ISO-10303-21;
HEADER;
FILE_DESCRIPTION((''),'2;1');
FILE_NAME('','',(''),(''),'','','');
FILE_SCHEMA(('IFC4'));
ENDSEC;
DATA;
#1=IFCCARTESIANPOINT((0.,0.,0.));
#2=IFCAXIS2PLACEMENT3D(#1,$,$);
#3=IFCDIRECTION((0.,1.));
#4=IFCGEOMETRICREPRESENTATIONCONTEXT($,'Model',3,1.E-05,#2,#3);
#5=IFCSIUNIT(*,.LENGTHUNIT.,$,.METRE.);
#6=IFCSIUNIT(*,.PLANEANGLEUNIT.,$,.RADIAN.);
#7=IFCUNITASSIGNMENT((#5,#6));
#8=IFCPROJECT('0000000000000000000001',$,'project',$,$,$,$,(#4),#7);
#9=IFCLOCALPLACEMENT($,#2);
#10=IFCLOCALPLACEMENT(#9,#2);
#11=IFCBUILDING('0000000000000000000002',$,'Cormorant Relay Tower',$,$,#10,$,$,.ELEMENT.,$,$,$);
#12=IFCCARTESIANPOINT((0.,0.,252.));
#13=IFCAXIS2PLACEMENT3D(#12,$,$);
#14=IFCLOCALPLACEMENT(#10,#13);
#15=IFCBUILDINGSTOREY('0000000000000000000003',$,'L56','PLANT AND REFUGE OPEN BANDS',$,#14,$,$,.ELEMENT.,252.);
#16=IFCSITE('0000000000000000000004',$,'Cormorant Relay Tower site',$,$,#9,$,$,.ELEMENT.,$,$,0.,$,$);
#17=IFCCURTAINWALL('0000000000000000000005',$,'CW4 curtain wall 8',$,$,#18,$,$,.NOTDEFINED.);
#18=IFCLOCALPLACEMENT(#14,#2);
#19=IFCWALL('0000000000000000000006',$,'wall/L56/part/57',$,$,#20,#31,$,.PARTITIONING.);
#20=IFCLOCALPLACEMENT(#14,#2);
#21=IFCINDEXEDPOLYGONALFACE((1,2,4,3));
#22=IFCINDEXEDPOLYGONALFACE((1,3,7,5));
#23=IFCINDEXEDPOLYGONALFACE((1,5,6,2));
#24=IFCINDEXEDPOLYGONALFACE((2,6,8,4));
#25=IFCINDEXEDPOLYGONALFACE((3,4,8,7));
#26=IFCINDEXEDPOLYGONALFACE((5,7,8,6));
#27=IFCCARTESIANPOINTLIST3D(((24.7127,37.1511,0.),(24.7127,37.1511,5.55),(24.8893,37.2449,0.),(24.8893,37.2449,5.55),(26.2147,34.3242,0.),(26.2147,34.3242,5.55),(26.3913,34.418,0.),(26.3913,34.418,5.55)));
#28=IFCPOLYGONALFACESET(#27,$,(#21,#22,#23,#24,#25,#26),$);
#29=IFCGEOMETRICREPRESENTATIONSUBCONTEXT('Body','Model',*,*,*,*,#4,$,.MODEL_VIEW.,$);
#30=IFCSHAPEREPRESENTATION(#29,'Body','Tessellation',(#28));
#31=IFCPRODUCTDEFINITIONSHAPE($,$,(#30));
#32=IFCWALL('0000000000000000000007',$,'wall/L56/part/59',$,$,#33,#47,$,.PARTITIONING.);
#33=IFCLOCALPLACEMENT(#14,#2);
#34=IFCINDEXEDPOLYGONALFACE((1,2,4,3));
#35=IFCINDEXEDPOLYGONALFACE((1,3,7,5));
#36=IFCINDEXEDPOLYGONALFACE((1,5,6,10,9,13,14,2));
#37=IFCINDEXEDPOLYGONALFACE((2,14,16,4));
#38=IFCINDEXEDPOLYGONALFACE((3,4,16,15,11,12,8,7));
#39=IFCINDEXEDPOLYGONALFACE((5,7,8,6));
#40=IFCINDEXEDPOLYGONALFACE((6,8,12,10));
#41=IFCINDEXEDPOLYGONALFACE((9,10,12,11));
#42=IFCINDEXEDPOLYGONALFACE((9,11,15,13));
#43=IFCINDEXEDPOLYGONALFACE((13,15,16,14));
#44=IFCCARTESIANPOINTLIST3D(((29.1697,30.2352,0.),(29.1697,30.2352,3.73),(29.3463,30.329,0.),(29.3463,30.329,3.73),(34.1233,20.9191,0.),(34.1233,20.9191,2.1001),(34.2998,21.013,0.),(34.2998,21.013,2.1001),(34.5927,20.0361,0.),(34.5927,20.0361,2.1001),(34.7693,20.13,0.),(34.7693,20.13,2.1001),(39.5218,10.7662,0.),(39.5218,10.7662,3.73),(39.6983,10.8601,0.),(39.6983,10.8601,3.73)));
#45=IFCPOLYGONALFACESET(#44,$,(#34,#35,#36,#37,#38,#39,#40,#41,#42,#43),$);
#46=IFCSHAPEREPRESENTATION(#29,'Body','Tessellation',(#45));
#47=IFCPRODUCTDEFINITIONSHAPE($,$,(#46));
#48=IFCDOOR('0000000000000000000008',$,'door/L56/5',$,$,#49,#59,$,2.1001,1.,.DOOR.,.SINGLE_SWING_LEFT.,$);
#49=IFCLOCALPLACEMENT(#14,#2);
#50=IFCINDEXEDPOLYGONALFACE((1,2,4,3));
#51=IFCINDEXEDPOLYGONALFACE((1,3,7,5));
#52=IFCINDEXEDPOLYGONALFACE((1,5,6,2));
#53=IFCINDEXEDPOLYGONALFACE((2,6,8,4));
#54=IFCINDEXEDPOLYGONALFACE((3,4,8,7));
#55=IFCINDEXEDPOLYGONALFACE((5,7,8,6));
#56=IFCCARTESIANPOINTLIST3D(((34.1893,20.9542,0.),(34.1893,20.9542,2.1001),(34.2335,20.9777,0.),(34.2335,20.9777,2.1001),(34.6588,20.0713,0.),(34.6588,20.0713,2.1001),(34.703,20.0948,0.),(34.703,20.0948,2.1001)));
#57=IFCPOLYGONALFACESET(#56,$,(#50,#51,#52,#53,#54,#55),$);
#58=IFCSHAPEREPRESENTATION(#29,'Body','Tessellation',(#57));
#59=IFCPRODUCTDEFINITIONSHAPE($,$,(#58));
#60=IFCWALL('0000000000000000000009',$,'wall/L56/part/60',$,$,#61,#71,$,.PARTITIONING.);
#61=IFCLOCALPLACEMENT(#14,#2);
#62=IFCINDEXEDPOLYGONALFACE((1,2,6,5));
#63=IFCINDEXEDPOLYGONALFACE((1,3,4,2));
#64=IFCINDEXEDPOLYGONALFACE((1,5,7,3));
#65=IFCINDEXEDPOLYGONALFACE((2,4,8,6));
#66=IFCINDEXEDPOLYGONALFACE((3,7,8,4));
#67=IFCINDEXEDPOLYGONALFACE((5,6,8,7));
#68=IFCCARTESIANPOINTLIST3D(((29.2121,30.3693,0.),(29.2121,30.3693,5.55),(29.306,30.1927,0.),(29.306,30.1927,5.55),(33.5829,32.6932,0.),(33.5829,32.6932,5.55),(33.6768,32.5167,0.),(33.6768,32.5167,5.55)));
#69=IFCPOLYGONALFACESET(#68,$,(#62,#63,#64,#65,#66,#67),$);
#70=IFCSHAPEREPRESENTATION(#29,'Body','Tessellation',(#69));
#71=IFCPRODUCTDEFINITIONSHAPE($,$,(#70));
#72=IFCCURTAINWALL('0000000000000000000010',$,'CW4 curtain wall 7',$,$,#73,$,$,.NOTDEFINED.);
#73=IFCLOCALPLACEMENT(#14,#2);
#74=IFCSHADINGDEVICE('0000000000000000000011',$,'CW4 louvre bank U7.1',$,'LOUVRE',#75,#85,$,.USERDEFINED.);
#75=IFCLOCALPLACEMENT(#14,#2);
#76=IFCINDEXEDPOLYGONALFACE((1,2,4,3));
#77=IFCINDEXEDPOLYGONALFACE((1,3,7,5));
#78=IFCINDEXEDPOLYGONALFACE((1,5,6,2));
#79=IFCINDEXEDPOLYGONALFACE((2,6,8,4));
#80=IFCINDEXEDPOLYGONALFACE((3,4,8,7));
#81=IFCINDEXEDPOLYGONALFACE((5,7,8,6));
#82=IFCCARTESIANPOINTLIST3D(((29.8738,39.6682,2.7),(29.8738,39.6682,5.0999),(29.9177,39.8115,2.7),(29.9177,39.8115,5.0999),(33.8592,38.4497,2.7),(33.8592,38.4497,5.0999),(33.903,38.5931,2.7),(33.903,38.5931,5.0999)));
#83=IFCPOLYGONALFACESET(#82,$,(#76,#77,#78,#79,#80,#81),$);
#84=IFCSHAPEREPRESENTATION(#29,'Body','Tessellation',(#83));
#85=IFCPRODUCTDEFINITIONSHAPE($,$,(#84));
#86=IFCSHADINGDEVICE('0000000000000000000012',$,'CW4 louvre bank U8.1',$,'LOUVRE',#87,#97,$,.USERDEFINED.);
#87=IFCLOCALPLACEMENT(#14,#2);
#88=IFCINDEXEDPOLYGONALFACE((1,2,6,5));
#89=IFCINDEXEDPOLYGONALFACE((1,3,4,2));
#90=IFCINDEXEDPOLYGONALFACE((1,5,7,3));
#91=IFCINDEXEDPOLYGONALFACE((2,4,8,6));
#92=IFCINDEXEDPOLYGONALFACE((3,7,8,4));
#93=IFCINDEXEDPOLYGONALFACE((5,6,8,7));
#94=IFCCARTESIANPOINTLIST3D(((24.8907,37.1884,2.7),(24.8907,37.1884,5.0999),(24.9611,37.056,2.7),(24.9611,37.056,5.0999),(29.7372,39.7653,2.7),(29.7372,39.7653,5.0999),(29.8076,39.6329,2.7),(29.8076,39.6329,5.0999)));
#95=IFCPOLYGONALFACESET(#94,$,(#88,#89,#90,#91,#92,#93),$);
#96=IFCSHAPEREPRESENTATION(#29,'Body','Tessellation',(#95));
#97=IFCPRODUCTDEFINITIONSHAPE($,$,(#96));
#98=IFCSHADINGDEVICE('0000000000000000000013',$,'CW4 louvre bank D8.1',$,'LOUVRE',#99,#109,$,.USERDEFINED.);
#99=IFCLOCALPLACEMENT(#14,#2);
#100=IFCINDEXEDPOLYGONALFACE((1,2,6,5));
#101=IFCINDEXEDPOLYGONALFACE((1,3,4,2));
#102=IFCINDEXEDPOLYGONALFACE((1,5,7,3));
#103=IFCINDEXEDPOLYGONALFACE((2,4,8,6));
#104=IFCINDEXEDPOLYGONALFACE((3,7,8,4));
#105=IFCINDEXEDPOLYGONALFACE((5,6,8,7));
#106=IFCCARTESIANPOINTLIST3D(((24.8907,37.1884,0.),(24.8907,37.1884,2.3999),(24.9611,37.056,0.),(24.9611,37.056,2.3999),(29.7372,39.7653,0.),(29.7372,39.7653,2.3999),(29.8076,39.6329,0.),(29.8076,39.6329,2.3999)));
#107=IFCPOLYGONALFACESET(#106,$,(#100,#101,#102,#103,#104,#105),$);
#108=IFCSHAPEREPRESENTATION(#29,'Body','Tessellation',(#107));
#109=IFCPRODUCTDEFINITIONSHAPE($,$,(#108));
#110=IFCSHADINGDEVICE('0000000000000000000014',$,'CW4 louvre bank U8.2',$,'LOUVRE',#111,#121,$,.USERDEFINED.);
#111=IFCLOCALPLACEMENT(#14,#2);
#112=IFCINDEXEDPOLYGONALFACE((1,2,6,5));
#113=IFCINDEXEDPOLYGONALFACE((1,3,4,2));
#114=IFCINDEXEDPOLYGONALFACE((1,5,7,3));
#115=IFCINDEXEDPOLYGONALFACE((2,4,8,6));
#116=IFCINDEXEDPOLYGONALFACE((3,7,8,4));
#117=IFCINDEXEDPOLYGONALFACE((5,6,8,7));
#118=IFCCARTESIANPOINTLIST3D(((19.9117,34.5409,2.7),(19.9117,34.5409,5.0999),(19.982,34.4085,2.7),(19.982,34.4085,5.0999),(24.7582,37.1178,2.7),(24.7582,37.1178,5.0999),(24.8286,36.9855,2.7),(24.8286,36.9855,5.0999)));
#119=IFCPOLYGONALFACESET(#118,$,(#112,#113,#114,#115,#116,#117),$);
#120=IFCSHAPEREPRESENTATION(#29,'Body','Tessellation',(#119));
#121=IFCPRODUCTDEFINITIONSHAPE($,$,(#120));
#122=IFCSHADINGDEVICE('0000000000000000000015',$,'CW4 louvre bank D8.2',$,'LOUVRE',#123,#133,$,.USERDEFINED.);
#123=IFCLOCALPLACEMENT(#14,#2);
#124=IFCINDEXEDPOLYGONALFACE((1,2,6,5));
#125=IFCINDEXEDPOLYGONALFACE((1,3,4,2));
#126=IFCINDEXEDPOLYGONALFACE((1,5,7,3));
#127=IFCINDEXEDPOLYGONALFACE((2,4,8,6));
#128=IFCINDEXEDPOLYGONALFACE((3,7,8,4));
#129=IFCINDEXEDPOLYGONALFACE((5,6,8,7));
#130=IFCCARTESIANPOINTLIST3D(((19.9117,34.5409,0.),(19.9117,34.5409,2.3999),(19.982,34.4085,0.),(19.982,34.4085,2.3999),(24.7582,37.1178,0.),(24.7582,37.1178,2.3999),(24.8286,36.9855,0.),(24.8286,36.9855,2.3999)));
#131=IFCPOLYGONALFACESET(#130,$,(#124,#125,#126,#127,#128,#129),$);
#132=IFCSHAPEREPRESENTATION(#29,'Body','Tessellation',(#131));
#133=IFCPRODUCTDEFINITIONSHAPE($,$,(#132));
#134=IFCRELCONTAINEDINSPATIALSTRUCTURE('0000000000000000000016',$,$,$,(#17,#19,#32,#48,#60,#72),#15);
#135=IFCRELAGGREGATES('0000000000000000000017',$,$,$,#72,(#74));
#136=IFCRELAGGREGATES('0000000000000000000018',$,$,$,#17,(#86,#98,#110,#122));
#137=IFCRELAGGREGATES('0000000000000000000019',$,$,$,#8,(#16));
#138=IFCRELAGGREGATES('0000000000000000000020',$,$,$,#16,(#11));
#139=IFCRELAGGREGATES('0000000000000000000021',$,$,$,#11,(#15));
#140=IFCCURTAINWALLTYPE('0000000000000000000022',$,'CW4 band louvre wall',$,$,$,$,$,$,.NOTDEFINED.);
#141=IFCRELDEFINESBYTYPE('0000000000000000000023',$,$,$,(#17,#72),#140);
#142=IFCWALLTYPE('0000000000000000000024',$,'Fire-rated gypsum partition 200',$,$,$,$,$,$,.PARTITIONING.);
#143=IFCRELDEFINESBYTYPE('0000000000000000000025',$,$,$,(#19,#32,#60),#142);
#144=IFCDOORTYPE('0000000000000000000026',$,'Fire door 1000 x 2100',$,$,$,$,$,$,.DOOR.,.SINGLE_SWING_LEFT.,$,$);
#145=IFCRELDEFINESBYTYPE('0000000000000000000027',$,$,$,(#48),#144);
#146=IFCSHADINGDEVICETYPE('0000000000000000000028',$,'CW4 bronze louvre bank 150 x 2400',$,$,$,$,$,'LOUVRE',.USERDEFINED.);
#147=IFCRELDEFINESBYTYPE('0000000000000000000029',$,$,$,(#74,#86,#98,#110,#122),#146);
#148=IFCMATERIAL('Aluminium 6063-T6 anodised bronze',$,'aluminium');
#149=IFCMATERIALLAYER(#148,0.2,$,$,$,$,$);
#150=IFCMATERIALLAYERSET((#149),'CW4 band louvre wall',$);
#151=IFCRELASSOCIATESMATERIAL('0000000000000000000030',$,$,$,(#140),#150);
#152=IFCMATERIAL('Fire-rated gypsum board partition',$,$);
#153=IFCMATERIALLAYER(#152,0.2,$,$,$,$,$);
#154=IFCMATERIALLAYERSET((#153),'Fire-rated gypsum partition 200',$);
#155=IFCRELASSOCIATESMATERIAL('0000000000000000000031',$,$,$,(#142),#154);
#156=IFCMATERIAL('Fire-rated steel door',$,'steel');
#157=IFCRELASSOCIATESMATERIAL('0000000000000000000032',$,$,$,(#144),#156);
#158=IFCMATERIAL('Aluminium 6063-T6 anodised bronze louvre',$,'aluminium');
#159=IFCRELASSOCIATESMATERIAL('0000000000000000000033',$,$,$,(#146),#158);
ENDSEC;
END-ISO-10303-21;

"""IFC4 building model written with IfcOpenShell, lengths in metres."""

from ifc_helpers import new_model, si_unit, direction, frame, frame_2d, origin, origin_2d, place, context, subcontext, project, spatial, rectangle, extrude, material, layer, layer_set, type_object, element, fill, aggregate, save


model = new_model("IFC4")

# Units and contexts
model_context = context("Model", 3, precision=1e-05, world=origin(), true_north=direction((0.0, 1.0)))
body_context = subcontext(model_context, "Body", "Model", "MODEL_VIEW")
ifc_project = project(units=[si_unit("LENGTHUNIT", "METRE"), si_unit("PLANEANGLEUNIT", "RADIAN")], contexts=[model_context])

# Site, building, storey
site_placement = place(None, origin())
site = spatial("IfcSite", under=ifc_project, at=site_placement, Name="Cormorant Relay Tower site", CompositionType="ELEMENT", RefElevation=0.0)
building_placement = place(site_placement, origin())
building = spatial("IfcBuilding", under=site, at=building_placement, Name="Cormorant Relay Tower", CompositionType="ELEMENT")
storey_placement = place(building_placement, frame((0.0, 0.0, 252.0)))
storey = spatial("IfcBuildingStorey", under=building, at=storey_placement, Name="L56", Description="PLANT AND REFUGE OPEN BANDS", CompositionType="ELEMENT", Elevation=252.0)

# Curtain wall
ifc_material_1 = material(Name="Aluminium 6063-T6 anodised bronze", Category="aluminium")
ifc_layer_1 = layer(ifc_material_1, 0.2)
ifc_layer_set_1 = layer_set([ifc_layer_1], Name="CW4 band louvre wall")
curtain_wall_type = type_object("IfcCurtainWallType", Name="CW4 band louvre wall", PredefinedType="NOTDEFINED", material=ifc_layer_set_1)
curtain_wall_1_placement = place(storey_placement, origin())
curtain_wall_1 = element("IfcCurtainWall", 1, at=curtain_wall_1_placement, inside=storey, type_object=curtain_wall_type, Name="CW4 curtain wall 8", PredefinedType="NOTDEFINED")

# Wall
ifc_material_2 = material(Name="Fire-rated gypsum board partition")
ifc_layer_2 = layer(ifc_material_2, 0.2)
ifc_layer_set_2 = layer_set([ifc_layer_2], Name="Fire-rated gypsum partition 200")
wall_type = type_object("IfcWallType", Name="Fire-rated gypsum partition 200", PredefinedType="PARTITIONING", material=ifc_layer_set_2)
wall_1_placement = place(storey_placement, frame((26.303, 34.3711, 0.0), z_axis=(0.0, 0.0, 1.0), x_axis=(-0.469194, 0.883095, 0.0)))
element("IfcWall", 2, at=wall_1_placement, inside=storey, type_object=wall_type, Name="wall/L56/part/57", PredefinedType="PARTITIONING", context=body_context, shape_type="SweptSolid", body=[
    extrude(rectangle(XDim=3.2012, YDim=0.2, at=frame_2d((1.6006, 0.0))), origin(), (0.0, 0.0, 1.0), 5.55),
])

# Wall, opening, door
wall_2_placement = place(storey_placement, frame((29.2581, 30.282, 0.0), z_axis=(0.0, 0.0, 1.0), x_axis=(0.469479, -0.882944, 0.0)))
wall_2 = element("IfcWall", 3, at=wall_2_placement, inside=storey, type_object=wall_type, Name="wall/L56/part/59", PredefinedType="PARTITIONING", context=body_context, shape_type="SweptSolid", body=[
    extrude(rectangle(XDim=22.05, YDim=0.2, at=frame_2d((11.0249, 0.0))), origin(), (0.0, 0.0, 1.0), 3.73),
])
opening_placement = place(wall_2_placement, frame((10.551, 0.0, 0.0)))
opening = element("IfcOpeningElement", 4, at=opening_placement, cuts=wall_2, PredefinedType="OPENING", context=body_context, shape_type="SweptSolid", body=[
    extrude(rectangle(XDim=1.0, YDim=2.1001, at=frame_2d((0.5, 1.05))), frame((0.0, 0.1099, 0.0), z_axis=(0.0, -1.0, 0.0), x_axis=(1.0, 0.0, 0.0)), (0.0, 0.0, 1.0), 0.22),
])
ifc_material_3 = material(Name="Fire-rated steel door", Category="steel")
door_type = type_object("IfcDoorType", Name="Fire door 1000 x 2100", OperationType="SINGLE_SWING_LEFT", PredefinedType="DOOR", material=ifc_material_3)
door_placement = place(opening_placement, origin())
door = element("IfcDoor", 5, at=door_placement, inside=storey, type_object=door_type, Name="door/L56/5", OperationType="SINGLE_SWING_LEFT", OverallHeight=2.1001, OverallWidth=1.0, PredefinedType="DOOR", context=body_context, shape_type="SweptSolid", body=[
    extrude(rectangle(XDim=1.0, YDim=2.1001, at=frame_2d((0.5, 1.05))), frame((0.0, 0.0249, 0.0), z_axis=(0.0, -1.0, 0.0), x_axis=(1.0, 0.0, 0.0)), (0.0, 0.0, 1.0), 0.05),
])
fill(opening, door)

# Wall
wall_3_placement = place(storey_placement, frame((29.259, 30.281, 0.0), z_axis=(0.0, 0.0, 1.0), x_axis=(0.882952, 0.469464, 0.0)))
element("IfcWall", 6, at=wall_3_placement, inside=storey, type_object=wall_type, Name="wall/L56/part/60", PredefinedType="PARTITIONING", context=body_context, shape_type="SweptSolid", body=[
    extrude(rectangle(XDim=4.9502, YDim=0.2, at=frame_2d((2.4751, 0.0))), origin(), (0.0, 0.0, 1.0), 5.55),
])

# Curtain wall, shading device
curtain_wall_2_placement = place(storey_placement, origin())
curtain_wall_2 = element("IfcCurtainWall", 7, at=curtain_wall_2_placement, inside=storey, type_object=curtain_wall_type, Name="CW4 curtain wall 7", PredefinedType="NOTDEFINED")
ifc_material_4 = material(Name="Aluminium 6063-T6 anodised bronze louvre", Category="aluminium")
shading_device_type = type_object("IfcShadingDeviceType", Name="CW4 bronze louvre bank 150 x 2400", ElementType="LOUVRE", PredefinedType="USERDEFINED", material=ifc_material_4)
shading_device_1_placement = place(storey_placement, frame((31.8884, 39.1306, 2.7), z_axis=(0.0, 0.0, 1.0), x_axis=(-0.956305, 0.292372, 0.0)))
shading_device_1 = element("IfcShadingDevice", 8, at=shading_device_1_placement, type_object=shading_device_type, Name="CW4 louvre bank U7.1", ObjectType="LOUVRE", PredefinedType="USERDEFINED", context=body_context, shape_type="SweptSolid", body=[
    extrude(rectangle(XDim=4.1675, YDim=0.1499, at=origin_2d()), origin(), (0.0, 0.0, 1.0), 2.3999),
])
aggregate(curtain_wall_2, [shading_device_1])

# Shading devices
shading_device_2_placement = place(storey_placement, frame((27.3491, 38.4106, 2.7), z_axis=(0.0, 0.0, 1.0), x_axis=(-0.882948, -0.469472, 0.0)))
shading_device_2 = element("IfcShadingDevice", 9, at=shading_device_2_placement, type_object=shading_device_type, Name="CW4 louvre bank U8.1", ObjectType="LOUVRE", PredefinedType="USERDEFINED", context=body_context, shape_type="SweptSolid", body=[
    extrude(rectangle(XDim=5.489, YDim=0.1499, at=origin_2d()), origin(), (0.0, 0.0, 1.0), 2.3999),
])
shading_device_3_placement = place(storey_placement, frame((27.3491, 38.4106, 0.0), z_axis=(0.0, 0.0, 1.0), x_axis=(-0.882948, -0.469472, 0.0)))
shading_device_3 = element("IfcShadingDevice", 10, at=shading_device_3_placement, type_object=shading_device_type, Name="CW4 louvre bank D8.1", ObjectType="LOUVRE", PredefinedType="USERDEFINED", context=body_context, shape_type="SweptSolid", body=[
    extrude(rectangle(XDim=5.489, YDim=0.1499, at=origin_2d()), origin(), (0.0, 0.0, 1.0), 2.3999),
])
shading_device_4_placement = place(storey_placement, frame((22.3701, 35.7632, 2.7), z_axis=(0.0, 0.0, 1.0), x_axis=(-0.882948, -0.469472, 0.0)))
shading_device_4 = element("IfcShadingDevice", 11, at=shading_device_4_placement, type_object=shading_device_type, Name="CW4 louvre bank U8.2", ObjectType="LOUVRE", PredefinedType="USERDEFINED", context=body_context, shape_type="SweptSolid", body=[
    extrude(rectangle(XDim=5.489, YDim=0.1499, at=origin_2d()), origin(), (0.0, 0.0, 1.0), 2.3999),
])
shading_device_5_placement = place(storey_placement, frame((22.3701, 35.7632, 0.0), z_axis=(0.0, 0.0, 1.0), x_axis=(-0.882948, -0.469472, 0.0)))
shading_device_5 = element("IfcShadingDevice", 12, at=shading_device_5_placement, type_object=shading_device_type, Name="CW4 louvre bank D8.2", ObjectType="LOUVRE", PredefinedType="USERDEFINED", context=body_context, shape_type="SweptSolid", body=[
    extrude(rectangle(XDim=5.489, YDim=0.1499, at=origin_2d()), origin(), (0.0, 0.0, 1.0), 2.3999),
])
aggregate(curtain_wall_1, [shading_device_2, shading_device_3, shading_device_4, shading_device_5])

save(model, "model.ifc")
